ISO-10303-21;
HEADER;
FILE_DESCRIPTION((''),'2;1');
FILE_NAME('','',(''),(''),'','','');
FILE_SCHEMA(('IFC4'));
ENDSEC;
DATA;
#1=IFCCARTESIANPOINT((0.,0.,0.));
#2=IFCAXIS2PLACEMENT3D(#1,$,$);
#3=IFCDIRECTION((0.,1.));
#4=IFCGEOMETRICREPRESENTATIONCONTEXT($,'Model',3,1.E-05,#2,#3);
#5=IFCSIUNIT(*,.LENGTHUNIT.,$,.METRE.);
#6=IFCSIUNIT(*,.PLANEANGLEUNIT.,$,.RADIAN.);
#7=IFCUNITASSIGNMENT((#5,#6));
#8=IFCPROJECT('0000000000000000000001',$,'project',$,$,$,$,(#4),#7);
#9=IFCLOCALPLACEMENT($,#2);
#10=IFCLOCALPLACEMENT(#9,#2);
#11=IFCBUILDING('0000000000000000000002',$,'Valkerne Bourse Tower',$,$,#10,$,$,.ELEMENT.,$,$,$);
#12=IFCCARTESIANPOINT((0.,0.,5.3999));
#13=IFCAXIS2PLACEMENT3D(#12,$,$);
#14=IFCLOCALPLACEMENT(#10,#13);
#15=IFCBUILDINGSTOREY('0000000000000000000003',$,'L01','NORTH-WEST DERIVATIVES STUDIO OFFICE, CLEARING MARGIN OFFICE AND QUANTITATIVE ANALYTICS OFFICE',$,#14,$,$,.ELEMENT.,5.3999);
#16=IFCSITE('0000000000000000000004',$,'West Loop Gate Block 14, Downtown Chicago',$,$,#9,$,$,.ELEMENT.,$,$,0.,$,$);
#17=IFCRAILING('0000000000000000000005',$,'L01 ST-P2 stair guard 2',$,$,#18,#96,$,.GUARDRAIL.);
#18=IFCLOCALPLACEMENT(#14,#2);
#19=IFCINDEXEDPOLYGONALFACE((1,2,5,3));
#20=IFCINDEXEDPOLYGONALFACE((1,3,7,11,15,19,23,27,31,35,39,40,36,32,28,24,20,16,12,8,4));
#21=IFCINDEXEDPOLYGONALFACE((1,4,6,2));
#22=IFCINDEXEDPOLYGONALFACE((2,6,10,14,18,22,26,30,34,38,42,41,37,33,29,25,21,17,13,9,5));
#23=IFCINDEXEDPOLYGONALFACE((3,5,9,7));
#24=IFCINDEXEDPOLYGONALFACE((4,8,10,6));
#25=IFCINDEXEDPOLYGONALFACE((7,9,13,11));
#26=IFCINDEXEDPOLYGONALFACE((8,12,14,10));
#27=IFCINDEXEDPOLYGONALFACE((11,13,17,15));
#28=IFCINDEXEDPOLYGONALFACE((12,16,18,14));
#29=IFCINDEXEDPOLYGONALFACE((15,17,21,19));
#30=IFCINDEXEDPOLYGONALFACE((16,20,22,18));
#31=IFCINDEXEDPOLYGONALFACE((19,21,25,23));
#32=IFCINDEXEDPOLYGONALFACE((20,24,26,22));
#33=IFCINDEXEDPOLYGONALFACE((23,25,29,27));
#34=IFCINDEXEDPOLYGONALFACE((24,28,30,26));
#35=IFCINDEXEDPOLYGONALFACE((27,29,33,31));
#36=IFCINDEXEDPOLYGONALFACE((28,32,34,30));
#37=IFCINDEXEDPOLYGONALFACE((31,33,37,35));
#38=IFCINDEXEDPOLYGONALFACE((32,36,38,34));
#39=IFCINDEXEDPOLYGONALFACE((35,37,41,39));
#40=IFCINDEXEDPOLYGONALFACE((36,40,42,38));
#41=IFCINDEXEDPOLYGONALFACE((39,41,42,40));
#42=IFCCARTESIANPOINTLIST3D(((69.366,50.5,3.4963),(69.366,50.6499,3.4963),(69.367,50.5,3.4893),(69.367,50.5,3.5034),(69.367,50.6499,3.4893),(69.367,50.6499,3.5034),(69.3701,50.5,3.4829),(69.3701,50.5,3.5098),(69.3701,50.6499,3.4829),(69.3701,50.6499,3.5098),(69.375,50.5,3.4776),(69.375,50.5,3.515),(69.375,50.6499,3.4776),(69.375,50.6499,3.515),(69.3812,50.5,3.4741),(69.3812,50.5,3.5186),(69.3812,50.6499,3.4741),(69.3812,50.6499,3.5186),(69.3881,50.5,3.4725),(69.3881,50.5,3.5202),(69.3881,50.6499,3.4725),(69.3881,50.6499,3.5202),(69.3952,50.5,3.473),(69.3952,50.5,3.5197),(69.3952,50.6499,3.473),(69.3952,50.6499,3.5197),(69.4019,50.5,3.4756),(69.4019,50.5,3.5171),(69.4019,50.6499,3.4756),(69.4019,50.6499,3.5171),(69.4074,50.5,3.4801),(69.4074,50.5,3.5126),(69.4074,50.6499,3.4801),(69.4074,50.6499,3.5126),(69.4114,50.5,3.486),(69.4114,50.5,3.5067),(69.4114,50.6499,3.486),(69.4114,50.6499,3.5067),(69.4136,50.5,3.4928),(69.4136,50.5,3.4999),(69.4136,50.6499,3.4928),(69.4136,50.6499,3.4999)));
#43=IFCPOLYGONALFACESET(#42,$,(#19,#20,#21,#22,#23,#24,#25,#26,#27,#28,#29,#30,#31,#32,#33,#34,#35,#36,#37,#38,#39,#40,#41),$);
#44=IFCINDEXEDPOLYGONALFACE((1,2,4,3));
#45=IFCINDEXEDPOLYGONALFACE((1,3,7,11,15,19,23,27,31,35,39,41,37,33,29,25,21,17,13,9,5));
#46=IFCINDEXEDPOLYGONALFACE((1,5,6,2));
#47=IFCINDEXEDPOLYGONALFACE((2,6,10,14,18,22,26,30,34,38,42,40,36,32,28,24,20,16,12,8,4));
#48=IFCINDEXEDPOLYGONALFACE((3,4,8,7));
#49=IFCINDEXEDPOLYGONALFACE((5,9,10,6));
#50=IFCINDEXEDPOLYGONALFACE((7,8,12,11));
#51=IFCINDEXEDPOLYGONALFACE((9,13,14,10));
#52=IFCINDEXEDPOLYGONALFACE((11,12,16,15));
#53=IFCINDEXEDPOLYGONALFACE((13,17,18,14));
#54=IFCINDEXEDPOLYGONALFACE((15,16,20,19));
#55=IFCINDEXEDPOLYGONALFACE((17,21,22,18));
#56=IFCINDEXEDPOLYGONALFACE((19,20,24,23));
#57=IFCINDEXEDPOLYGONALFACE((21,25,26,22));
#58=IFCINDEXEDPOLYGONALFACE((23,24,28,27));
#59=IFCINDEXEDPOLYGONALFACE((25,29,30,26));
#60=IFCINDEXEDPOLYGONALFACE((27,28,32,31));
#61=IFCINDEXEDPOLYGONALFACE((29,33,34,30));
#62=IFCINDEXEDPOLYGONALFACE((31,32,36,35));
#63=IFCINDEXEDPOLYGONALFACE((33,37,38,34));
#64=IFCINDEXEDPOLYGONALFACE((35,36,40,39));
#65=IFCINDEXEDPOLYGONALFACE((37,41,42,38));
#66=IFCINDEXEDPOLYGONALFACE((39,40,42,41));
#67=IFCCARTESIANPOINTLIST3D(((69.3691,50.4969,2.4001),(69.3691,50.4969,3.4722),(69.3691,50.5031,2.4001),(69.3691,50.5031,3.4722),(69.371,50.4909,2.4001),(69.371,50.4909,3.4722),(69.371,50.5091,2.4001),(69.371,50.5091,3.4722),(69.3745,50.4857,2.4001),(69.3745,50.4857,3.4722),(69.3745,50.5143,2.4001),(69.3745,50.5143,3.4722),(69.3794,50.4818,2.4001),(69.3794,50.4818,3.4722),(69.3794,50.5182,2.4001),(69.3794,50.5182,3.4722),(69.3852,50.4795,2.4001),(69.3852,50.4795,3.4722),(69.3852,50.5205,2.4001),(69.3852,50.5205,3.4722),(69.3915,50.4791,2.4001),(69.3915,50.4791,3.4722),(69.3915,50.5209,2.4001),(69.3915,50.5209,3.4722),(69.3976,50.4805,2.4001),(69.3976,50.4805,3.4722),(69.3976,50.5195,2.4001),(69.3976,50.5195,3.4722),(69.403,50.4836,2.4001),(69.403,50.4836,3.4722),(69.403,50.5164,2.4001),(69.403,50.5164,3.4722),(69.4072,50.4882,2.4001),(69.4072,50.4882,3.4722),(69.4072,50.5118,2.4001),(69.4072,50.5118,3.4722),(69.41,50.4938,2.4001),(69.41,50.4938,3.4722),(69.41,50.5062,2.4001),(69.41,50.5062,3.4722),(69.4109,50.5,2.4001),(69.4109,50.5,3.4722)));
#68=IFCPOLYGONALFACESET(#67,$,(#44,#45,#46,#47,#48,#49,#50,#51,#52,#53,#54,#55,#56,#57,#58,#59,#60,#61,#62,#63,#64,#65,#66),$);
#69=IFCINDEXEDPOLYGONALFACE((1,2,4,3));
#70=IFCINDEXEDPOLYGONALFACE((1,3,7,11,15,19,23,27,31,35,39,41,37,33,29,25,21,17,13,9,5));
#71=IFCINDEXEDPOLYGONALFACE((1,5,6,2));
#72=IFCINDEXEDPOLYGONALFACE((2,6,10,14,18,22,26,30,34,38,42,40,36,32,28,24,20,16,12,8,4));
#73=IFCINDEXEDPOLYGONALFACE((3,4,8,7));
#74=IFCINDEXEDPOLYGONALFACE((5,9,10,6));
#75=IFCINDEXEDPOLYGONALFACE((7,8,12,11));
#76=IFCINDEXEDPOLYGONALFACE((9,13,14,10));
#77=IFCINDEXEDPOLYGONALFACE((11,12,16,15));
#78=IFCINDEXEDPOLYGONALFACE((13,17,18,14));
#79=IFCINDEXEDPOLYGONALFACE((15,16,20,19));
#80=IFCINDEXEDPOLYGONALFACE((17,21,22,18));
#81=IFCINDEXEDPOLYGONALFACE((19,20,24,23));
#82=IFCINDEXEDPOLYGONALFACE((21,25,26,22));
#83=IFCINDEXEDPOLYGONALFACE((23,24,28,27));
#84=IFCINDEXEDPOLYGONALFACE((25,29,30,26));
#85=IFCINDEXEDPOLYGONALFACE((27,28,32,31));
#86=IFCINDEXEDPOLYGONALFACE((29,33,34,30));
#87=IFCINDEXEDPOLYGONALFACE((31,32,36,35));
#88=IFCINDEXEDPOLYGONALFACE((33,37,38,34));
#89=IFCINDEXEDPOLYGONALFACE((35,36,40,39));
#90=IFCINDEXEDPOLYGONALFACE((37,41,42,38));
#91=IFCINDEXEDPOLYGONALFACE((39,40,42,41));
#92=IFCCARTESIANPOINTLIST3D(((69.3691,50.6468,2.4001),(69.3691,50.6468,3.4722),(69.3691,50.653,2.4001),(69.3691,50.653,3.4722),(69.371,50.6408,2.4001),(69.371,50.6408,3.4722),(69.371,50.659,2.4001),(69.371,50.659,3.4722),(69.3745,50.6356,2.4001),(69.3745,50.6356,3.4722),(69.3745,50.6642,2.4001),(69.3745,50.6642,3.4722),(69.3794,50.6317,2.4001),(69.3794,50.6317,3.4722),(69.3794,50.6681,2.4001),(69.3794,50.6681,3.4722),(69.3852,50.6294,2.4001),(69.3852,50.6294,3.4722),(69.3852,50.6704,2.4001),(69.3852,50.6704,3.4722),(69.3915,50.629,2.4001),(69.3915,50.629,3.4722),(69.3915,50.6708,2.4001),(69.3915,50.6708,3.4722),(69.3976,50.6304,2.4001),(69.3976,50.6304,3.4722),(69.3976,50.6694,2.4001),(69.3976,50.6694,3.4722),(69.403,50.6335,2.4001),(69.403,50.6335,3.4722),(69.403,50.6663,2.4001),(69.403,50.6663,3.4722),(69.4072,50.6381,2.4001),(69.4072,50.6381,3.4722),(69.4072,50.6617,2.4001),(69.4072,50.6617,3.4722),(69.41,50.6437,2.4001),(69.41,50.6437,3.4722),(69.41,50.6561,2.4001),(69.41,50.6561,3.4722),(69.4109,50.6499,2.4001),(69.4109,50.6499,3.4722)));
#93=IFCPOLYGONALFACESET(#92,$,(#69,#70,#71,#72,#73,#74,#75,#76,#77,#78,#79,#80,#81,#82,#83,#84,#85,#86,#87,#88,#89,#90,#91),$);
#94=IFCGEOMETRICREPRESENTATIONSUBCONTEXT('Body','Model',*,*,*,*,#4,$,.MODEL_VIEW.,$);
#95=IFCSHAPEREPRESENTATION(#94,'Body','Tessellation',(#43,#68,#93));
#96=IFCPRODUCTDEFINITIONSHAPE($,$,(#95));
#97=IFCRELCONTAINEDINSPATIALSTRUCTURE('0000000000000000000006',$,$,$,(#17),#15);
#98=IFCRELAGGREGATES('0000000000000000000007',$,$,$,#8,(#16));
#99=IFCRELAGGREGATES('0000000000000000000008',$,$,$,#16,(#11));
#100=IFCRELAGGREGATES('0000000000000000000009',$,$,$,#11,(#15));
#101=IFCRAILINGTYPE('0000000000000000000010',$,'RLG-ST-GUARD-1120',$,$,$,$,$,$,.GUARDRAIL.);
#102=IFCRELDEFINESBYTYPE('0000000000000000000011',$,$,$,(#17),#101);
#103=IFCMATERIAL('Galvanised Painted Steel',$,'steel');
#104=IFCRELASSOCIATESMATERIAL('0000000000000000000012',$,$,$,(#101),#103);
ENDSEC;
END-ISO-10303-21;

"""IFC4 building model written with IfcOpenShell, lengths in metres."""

from ifc_helpers import new_model, si_unit, direction, frame, origin, origin_2d, place, context, subcontext, project, spatial, circle, extrude, material, type_object, element, save


model = new_model("IFC4")

# Units and contexts
model_context = context("Model", 3, precision=1e-05, world=origin(), true_north=direction((0.0, 1.0)))
body_context = subcontext(model_context, "Body", "Model", "MODEL_VIEW")
ifc_project = project(units=[si_unit("LENGTHUNIT", "METRE"), si_unit("PLANEANGLEUNIT", "RADIAN")], contexts=[model_context])

# Site, building, storey
site_placement = place(None, origin())
site = spatial("IfcSite", under=ifc_project, at=site_placement, Name="West Loop Gate Block 14, Downtown Chicago", CompositionType="ELEMENT", RefElevation=0.0)
building_placement = place(site_placement, origin())
building = spatial("IfcBuilding", under=site, at=building_placement, Name="Valkerne Bourse Tower", CompositionType="ELEMENT")
storey_placement = place(building_placement, frame((0.0, 0.0, 5.3999)))
storey = spatial("IfcBuildingStorey", under=building, at=storey_placement, Name="L01", Description="NORTH-WEST DERIVATIVES STUDIO OFFICE, CLEARING MARGIN OFFICE AND QUANTITATIVE ANALYTICS OFFICE", CompositionType="ELEMENT", Elevation=5.3999)

# Railing
ifc_material_1 = material(Name="Galvanised Painted Steel", Category="steel")
railing_type_1 = type_object("IfcRailingType", Name="RLG-ST-GUARD-1120", PredefinedType="GUARDRAIL", material=ifc_material_1)
railing_1_placement = place(storey_placement, frame((69.3899, 50.5, 2.4001)))
element("IfcRailing", 1, at=railing_1_placement, inside=storey, type_object=railing_type_1, Name="L01 ST-P2 stair guard 2", PredefinedType="GUARDRAIL", context=body_context, shape_type="SweptSolid", body=[
    extrude(circle(Radius=0.0239, at=origin_2d()), frame((0.0, 0.0, 1.0962), z_axis=(0.0, 1.0, 0.0), x_axis=(-1.0, 0.0, 0.0)), (0.0, 0.0, 1.0), 0.1499),
    extrude(circle(Radius=0.021, at=origin_2d()), origin(), (0.0, 0.0, 1.0), 1.072),
    extrude(circle(Radius=0.021, at=origin_2d()), frame((0.0, 0.1499, 0.0)), (0.0, 0.0, 1.0), 1.072),
])

save(model, "model.ifc")
